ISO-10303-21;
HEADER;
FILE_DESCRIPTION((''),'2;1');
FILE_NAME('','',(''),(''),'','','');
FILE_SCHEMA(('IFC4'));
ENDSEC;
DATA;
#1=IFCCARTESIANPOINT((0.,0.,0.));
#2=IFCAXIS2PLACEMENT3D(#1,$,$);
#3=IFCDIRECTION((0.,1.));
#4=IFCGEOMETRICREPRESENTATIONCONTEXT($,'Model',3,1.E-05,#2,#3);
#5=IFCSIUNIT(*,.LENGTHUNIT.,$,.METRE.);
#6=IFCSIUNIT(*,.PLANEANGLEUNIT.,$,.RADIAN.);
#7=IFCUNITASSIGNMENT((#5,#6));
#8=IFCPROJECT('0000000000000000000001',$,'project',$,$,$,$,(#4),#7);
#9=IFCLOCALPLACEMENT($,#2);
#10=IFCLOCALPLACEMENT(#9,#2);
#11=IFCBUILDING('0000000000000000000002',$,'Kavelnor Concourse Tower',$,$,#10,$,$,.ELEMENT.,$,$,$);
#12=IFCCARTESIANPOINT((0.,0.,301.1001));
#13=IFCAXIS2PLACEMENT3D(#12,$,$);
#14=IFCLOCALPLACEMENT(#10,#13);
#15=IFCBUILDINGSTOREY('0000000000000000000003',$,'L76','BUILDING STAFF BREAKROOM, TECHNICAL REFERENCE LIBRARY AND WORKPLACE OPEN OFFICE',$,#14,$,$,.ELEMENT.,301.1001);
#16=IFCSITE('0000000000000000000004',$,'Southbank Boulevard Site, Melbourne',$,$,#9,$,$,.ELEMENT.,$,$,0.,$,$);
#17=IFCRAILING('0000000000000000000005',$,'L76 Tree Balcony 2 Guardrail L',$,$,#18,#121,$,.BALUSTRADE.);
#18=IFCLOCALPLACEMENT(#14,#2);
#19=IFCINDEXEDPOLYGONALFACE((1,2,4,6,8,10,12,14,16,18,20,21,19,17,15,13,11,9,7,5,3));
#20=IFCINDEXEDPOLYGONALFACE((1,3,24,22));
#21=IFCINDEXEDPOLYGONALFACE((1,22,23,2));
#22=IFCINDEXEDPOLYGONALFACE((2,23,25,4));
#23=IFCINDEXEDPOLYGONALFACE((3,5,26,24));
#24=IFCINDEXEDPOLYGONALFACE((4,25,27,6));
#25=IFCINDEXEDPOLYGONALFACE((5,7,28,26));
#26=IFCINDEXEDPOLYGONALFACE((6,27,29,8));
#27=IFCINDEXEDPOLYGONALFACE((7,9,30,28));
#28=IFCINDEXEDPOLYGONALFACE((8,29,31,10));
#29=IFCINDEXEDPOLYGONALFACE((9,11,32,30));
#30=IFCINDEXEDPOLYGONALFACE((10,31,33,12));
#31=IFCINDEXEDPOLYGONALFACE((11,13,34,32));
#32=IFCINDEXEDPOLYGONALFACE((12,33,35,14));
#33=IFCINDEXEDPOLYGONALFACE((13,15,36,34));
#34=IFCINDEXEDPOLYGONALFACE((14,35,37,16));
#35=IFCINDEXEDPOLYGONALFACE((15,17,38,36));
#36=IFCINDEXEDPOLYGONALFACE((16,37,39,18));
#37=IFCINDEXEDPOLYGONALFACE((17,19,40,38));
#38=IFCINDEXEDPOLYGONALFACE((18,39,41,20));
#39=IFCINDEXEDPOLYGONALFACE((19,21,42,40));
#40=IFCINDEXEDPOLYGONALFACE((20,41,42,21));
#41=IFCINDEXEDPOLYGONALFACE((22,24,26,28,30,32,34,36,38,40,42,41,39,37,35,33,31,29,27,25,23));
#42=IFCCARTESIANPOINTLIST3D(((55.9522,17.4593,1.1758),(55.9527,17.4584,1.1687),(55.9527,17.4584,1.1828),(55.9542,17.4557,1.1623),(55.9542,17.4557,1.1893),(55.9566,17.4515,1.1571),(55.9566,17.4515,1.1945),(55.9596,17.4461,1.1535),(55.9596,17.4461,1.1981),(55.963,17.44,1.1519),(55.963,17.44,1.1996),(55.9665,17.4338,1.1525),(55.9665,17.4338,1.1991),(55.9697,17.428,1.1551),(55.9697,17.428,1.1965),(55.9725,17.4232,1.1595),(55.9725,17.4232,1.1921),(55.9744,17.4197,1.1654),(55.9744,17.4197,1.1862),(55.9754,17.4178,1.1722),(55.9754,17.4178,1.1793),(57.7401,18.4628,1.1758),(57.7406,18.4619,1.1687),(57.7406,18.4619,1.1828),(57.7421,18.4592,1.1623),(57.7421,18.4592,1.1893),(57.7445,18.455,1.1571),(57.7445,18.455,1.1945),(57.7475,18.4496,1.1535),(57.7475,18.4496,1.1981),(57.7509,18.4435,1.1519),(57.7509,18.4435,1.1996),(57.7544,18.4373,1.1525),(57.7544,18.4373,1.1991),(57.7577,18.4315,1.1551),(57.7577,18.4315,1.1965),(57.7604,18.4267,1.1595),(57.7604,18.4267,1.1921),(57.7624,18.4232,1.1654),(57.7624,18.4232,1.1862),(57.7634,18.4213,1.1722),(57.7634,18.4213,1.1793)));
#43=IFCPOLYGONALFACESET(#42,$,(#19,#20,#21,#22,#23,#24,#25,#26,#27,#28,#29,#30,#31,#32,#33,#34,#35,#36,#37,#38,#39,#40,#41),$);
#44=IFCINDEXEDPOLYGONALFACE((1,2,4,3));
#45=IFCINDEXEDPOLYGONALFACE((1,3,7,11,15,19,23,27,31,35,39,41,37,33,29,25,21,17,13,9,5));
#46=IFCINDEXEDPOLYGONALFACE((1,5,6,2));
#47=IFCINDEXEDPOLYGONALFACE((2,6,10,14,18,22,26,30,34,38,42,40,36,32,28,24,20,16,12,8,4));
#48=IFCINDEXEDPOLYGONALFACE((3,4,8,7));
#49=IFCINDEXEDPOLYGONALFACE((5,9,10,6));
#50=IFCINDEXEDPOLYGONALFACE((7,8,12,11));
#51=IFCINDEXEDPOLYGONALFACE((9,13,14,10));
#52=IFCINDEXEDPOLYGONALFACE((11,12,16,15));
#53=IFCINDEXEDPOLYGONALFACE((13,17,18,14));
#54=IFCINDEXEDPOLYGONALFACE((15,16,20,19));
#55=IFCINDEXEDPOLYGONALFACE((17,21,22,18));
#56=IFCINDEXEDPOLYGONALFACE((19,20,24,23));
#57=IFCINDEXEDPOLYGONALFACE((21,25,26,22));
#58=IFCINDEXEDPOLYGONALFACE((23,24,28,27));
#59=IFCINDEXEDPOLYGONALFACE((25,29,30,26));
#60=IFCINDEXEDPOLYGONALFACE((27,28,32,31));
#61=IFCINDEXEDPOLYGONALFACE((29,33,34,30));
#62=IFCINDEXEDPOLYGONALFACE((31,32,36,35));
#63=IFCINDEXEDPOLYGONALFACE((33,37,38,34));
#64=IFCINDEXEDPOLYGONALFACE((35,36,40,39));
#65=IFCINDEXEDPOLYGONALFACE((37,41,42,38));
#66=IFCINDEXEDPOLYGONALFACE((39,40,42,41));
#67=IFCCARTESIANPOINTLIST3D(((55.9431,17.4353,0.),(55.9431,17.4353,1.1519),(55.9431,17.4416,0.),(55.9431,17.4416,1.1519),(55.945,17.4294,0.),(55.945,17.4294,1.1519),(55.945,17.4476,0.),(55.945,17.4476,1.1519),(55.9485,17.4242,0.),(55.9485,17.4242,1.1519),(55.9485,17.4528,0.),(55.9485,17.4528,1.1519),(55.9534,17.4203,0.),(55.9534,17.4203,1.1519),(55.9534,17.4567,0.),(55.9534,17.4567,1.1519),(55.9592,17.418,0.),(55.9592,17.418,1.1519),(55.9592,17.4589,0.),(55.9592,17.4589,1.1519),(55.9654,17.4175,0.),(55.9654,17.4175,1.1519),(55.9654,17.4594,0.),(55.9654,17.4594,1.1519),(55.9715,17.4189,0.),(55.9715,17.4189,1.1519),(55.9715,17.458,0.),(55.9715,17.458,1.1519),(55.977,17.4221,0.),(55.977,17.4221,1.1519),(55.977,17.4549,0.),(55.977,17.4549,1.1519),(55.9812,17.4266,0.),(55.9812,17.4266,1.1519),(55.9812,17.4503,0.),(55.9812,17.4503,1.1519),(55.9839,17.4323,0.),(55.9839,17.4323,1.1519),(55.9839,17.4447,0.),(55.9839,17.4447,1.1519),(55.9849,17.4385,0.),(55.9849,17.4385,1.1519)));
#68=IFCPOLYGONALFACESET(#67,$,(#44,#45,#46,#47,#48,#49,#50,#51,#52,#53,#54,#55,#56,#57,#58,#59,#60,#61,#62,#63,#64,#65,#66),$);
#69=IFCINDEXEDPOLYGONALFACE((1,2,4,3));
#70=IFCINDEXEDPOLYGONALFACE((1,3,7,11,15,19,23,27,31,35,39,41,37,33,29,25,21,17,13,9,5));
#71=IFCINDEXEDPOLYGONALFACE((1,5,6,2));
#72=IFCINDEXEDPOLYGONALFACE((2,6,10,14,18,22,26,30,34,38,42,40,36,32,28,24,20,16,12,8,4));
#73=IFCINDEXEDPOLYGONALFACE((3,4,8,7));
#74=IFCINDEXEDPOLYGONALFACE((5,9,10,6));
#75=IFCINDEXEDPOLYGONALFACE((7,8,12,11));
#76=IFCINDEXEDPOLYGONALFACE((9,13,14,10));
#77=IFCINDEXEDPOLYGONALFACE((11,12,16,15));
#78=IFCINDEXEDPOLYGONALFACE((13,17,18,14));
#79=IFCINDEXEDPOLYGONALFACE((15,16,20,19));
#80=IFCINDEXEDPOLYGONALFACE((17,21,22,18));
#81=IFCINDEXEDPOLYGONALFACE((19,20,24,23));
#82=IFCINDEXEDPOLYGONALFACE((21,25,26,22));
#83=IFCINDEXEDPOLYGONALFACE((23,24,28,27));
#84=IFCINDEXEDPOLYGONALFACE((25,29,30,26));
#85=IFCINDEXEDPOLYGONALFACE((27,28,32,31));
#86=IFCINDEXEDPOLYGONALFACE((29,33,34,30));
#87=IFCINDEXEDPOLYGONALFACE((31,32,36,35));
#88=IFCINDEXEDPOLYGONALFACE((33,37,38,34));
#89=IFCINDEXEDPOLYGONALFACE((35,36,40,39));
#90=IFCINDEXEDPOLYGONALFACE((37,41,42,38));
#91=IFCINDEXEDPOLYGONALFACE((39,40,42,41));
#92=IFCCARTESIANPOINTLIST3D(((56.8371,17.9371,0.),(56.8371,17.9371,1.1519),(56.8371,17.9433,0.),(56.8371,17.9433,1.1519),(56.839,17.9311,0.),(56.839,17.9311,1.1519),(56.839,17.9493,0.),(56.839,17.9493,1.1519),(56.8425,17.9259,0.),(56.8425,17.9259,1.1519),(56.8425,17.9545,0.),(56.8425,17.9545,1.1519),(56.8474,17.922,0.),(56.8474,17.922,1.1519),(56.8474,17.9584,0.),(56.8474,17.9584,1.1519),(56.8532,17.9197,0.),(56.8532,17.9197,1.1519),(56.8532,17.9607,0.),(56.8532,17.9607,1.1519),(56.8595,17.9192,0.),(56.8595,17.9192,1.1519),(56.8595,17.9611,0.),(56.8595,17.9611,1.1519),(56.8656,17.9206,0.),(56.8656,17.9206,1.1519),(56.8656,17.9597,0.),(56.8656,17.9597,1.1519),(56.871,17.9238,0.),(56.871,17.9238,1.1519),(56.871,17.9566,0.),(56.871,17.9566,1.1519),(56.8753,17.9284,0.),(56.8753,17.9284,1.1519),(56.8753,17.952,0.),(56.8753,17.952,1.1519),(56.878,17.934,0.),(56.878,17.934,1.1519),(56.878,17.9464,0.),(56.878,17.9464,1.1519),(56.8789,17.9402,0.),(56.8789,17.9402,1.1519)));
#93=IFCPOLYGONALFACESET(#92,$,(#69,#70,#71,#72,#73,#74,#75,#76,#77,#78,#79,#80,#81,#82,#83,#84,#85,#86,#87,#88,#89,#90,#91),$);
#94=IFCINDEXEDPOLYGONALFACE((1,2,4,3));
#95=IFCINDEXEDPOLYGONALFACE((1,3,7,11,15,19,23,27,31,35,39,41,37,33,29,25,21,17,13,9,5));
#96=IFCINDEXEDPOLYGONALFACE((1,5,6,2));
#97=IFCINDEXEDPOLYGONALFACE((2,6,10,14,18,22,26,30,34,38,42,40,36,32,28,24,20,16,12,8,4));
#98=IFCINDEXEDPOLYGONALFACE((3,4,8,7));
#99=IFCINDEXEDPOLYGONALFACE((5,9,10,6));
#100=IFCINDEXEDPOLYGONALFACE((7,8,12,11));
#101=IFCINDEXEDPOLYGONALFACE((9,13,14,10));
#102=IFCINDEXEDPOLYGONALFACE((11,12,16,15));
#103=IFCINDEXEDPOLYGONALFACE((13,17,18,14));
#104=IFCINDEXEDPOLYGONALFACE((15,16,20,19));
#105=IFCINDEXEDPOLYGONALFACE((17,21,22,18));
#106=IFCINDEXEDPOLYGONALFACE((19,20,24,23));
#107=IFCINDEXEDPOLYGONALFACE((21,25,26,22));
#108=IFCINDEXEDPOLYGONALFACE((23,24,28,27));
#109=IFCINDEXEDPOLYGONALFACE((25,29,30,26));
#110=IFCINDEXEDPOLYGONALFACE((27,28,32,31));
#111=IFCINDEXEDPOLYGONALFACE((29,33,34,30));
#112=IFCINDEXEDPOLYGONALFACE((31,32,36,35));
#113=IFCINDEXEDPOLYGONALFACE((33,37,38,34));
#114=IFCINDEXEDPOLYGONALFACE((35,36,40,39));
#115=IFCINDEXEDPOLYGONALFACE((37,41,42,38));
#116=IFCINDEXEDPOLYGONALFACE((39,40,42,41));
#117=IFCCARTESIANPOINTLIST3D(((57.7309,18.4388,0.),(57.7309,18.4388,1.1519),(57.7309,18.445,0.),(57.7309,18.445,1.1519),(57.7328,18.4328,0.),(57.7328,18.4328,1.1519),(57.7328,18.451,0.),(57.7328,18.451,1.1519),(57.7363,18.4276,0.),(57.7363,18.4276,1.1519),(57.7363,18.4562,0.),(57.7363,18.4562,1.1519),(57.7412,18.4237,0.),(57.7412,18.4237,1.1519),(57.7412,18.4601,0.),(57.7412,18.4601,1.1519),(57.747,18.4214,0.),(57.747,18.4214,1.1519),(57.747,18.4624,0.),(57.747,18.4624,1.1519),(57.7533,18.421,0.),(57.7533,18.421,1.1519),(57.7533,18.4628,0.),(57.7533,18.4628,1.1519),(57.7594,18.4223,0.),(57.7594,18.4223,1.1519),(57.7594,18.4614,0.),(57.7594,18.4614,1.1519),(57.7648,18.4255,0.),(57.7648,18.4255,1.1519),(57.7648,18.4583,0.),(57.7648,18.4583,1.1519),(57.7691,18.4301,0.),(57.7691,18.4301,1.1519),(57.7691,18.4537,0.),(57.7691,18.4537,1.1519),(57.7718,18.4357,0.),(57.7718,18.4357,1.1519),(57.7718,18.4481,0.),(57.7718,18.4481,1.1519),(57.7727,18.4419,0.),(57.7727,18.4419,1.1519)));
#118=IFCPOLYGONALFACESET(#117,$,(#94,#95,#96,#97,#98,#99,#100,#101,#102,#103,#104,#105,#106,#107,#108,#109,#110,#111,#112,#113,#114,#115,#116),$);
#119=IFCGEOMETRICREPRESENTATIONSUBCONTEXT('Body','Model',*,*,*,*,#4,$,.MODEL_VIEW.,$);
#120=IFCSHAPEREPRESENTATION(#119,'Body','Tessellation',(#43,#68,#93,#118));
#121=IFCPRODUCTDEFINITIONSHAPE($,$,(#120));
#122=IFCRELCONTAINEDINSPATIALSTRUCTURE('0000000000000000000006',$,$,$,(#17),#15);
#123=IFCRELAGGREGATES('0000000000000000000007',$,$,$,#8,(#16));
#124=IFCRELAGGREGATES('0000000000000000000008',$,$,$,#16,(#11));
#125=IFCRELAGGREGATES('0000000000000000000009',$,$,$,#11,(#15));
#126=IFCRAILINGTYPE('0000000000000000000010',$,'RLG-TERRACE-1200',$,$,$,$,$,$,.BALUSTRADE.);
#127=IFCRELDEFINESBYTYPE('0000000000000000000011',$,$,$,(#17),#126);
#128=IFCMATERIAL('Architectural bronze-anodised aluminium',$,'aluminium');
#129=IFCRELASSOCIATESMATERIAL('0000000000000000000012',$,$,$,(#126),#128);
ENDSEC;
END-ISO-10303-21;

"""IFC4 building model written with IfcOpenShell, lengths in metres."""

from ifc_helpers import new_model, si_unit, direction, frame, origin, origin_2d, place, context, subcontext, project, spatial, circle, extrude, material, type_object, element, save


model = new_model("IFC4")

# Units and contexts
model_context = context("Model", 3, precision=1e-05, world=origin(), true_north=direction((0.0, 1.0)))
body_context = subcontext(model_context, "Body", "Model", "MODEL_VIEW")
ifc_project = project(units=[si_unit("LENGTHUNIT", "METRE"), si_unit("PLANEANGLEUNIT", "RADIAN")], contexts=[model_context])

# Site, building, storey
site_placement = place(None, origin())
site = spatial("IfcSite", under=ifc_project, at=site_placement, Name="Southbank Boulevard Site, Melbourne", CompositionType="ELEMENT", RefElevation=0.0)
building_placement = place(site_placement, origin())
building = spatial("IfcBuilding", under=site, at=building_placement, Name="Kavelnor Concourse Tower", CompositionType="ELEMENT")
storey_placement = place(building_placement, frame((0.0, 0.0, 301.1001)))
storey = spatial("IfcBuildingStorey", under=building, at=storey_placement, Name="L76", Description="BUILDING STAFF BREAKROOM, TECHNICAL REFERENCE LIBRARY AND WORKPLACE OPEN OFFICE", CompositionType="ELEMENT", Elevation=301.1001)

# Railing
ifc_material_1 = material(Name="Architectural bronze-anodised aluminium", Category="aluminium")
railing_type_1 = type_object("IfcRailingType", Name="RLG-TERRACE-1200", PredefinedType="BALUSTRADE", material=ifc_material_1)
railing_1_placement = place(storey_placement, frame((55.9639, 17.4385, 0.0)))
element("IfcRailing", 1, at=railing_1_placement, inside=storey, type_object=railing_type_1, Name="L76 Tree Balcony 2 Guardrail L", PredefinedType="BALUSTRADE", context=body_context, shape_type="SweptSolid", body=[
    extrude(circle(Radius=0.0239, at=origin_2d()), frame((0.0, 0.0, 1.1758), z_axis=(0.872043, 0.48943, 0.0), x_axis=(-0.48943, 0.872043, 0.0)), (0.0, 0.0, 1.0), 2.0503),
    extrude(circle(Radius=0.021, at=origin_2d()), origin(), (0.0, 0.0, 1.0), 1.1519),
    extrude(circle(Radius=0.021, at=origin_2d()), frame((0.894, 0.5017, 0.0)), (0.0, 0.0, 1.0), 1.1519),
    extrude(circle(Radius=0.021, at=origin_2d()), frame((1.7878, 1.0034, 0.0)), (0.0, 0.0, 1.0), 1.1519),
])

save(model, "model.ifc")
